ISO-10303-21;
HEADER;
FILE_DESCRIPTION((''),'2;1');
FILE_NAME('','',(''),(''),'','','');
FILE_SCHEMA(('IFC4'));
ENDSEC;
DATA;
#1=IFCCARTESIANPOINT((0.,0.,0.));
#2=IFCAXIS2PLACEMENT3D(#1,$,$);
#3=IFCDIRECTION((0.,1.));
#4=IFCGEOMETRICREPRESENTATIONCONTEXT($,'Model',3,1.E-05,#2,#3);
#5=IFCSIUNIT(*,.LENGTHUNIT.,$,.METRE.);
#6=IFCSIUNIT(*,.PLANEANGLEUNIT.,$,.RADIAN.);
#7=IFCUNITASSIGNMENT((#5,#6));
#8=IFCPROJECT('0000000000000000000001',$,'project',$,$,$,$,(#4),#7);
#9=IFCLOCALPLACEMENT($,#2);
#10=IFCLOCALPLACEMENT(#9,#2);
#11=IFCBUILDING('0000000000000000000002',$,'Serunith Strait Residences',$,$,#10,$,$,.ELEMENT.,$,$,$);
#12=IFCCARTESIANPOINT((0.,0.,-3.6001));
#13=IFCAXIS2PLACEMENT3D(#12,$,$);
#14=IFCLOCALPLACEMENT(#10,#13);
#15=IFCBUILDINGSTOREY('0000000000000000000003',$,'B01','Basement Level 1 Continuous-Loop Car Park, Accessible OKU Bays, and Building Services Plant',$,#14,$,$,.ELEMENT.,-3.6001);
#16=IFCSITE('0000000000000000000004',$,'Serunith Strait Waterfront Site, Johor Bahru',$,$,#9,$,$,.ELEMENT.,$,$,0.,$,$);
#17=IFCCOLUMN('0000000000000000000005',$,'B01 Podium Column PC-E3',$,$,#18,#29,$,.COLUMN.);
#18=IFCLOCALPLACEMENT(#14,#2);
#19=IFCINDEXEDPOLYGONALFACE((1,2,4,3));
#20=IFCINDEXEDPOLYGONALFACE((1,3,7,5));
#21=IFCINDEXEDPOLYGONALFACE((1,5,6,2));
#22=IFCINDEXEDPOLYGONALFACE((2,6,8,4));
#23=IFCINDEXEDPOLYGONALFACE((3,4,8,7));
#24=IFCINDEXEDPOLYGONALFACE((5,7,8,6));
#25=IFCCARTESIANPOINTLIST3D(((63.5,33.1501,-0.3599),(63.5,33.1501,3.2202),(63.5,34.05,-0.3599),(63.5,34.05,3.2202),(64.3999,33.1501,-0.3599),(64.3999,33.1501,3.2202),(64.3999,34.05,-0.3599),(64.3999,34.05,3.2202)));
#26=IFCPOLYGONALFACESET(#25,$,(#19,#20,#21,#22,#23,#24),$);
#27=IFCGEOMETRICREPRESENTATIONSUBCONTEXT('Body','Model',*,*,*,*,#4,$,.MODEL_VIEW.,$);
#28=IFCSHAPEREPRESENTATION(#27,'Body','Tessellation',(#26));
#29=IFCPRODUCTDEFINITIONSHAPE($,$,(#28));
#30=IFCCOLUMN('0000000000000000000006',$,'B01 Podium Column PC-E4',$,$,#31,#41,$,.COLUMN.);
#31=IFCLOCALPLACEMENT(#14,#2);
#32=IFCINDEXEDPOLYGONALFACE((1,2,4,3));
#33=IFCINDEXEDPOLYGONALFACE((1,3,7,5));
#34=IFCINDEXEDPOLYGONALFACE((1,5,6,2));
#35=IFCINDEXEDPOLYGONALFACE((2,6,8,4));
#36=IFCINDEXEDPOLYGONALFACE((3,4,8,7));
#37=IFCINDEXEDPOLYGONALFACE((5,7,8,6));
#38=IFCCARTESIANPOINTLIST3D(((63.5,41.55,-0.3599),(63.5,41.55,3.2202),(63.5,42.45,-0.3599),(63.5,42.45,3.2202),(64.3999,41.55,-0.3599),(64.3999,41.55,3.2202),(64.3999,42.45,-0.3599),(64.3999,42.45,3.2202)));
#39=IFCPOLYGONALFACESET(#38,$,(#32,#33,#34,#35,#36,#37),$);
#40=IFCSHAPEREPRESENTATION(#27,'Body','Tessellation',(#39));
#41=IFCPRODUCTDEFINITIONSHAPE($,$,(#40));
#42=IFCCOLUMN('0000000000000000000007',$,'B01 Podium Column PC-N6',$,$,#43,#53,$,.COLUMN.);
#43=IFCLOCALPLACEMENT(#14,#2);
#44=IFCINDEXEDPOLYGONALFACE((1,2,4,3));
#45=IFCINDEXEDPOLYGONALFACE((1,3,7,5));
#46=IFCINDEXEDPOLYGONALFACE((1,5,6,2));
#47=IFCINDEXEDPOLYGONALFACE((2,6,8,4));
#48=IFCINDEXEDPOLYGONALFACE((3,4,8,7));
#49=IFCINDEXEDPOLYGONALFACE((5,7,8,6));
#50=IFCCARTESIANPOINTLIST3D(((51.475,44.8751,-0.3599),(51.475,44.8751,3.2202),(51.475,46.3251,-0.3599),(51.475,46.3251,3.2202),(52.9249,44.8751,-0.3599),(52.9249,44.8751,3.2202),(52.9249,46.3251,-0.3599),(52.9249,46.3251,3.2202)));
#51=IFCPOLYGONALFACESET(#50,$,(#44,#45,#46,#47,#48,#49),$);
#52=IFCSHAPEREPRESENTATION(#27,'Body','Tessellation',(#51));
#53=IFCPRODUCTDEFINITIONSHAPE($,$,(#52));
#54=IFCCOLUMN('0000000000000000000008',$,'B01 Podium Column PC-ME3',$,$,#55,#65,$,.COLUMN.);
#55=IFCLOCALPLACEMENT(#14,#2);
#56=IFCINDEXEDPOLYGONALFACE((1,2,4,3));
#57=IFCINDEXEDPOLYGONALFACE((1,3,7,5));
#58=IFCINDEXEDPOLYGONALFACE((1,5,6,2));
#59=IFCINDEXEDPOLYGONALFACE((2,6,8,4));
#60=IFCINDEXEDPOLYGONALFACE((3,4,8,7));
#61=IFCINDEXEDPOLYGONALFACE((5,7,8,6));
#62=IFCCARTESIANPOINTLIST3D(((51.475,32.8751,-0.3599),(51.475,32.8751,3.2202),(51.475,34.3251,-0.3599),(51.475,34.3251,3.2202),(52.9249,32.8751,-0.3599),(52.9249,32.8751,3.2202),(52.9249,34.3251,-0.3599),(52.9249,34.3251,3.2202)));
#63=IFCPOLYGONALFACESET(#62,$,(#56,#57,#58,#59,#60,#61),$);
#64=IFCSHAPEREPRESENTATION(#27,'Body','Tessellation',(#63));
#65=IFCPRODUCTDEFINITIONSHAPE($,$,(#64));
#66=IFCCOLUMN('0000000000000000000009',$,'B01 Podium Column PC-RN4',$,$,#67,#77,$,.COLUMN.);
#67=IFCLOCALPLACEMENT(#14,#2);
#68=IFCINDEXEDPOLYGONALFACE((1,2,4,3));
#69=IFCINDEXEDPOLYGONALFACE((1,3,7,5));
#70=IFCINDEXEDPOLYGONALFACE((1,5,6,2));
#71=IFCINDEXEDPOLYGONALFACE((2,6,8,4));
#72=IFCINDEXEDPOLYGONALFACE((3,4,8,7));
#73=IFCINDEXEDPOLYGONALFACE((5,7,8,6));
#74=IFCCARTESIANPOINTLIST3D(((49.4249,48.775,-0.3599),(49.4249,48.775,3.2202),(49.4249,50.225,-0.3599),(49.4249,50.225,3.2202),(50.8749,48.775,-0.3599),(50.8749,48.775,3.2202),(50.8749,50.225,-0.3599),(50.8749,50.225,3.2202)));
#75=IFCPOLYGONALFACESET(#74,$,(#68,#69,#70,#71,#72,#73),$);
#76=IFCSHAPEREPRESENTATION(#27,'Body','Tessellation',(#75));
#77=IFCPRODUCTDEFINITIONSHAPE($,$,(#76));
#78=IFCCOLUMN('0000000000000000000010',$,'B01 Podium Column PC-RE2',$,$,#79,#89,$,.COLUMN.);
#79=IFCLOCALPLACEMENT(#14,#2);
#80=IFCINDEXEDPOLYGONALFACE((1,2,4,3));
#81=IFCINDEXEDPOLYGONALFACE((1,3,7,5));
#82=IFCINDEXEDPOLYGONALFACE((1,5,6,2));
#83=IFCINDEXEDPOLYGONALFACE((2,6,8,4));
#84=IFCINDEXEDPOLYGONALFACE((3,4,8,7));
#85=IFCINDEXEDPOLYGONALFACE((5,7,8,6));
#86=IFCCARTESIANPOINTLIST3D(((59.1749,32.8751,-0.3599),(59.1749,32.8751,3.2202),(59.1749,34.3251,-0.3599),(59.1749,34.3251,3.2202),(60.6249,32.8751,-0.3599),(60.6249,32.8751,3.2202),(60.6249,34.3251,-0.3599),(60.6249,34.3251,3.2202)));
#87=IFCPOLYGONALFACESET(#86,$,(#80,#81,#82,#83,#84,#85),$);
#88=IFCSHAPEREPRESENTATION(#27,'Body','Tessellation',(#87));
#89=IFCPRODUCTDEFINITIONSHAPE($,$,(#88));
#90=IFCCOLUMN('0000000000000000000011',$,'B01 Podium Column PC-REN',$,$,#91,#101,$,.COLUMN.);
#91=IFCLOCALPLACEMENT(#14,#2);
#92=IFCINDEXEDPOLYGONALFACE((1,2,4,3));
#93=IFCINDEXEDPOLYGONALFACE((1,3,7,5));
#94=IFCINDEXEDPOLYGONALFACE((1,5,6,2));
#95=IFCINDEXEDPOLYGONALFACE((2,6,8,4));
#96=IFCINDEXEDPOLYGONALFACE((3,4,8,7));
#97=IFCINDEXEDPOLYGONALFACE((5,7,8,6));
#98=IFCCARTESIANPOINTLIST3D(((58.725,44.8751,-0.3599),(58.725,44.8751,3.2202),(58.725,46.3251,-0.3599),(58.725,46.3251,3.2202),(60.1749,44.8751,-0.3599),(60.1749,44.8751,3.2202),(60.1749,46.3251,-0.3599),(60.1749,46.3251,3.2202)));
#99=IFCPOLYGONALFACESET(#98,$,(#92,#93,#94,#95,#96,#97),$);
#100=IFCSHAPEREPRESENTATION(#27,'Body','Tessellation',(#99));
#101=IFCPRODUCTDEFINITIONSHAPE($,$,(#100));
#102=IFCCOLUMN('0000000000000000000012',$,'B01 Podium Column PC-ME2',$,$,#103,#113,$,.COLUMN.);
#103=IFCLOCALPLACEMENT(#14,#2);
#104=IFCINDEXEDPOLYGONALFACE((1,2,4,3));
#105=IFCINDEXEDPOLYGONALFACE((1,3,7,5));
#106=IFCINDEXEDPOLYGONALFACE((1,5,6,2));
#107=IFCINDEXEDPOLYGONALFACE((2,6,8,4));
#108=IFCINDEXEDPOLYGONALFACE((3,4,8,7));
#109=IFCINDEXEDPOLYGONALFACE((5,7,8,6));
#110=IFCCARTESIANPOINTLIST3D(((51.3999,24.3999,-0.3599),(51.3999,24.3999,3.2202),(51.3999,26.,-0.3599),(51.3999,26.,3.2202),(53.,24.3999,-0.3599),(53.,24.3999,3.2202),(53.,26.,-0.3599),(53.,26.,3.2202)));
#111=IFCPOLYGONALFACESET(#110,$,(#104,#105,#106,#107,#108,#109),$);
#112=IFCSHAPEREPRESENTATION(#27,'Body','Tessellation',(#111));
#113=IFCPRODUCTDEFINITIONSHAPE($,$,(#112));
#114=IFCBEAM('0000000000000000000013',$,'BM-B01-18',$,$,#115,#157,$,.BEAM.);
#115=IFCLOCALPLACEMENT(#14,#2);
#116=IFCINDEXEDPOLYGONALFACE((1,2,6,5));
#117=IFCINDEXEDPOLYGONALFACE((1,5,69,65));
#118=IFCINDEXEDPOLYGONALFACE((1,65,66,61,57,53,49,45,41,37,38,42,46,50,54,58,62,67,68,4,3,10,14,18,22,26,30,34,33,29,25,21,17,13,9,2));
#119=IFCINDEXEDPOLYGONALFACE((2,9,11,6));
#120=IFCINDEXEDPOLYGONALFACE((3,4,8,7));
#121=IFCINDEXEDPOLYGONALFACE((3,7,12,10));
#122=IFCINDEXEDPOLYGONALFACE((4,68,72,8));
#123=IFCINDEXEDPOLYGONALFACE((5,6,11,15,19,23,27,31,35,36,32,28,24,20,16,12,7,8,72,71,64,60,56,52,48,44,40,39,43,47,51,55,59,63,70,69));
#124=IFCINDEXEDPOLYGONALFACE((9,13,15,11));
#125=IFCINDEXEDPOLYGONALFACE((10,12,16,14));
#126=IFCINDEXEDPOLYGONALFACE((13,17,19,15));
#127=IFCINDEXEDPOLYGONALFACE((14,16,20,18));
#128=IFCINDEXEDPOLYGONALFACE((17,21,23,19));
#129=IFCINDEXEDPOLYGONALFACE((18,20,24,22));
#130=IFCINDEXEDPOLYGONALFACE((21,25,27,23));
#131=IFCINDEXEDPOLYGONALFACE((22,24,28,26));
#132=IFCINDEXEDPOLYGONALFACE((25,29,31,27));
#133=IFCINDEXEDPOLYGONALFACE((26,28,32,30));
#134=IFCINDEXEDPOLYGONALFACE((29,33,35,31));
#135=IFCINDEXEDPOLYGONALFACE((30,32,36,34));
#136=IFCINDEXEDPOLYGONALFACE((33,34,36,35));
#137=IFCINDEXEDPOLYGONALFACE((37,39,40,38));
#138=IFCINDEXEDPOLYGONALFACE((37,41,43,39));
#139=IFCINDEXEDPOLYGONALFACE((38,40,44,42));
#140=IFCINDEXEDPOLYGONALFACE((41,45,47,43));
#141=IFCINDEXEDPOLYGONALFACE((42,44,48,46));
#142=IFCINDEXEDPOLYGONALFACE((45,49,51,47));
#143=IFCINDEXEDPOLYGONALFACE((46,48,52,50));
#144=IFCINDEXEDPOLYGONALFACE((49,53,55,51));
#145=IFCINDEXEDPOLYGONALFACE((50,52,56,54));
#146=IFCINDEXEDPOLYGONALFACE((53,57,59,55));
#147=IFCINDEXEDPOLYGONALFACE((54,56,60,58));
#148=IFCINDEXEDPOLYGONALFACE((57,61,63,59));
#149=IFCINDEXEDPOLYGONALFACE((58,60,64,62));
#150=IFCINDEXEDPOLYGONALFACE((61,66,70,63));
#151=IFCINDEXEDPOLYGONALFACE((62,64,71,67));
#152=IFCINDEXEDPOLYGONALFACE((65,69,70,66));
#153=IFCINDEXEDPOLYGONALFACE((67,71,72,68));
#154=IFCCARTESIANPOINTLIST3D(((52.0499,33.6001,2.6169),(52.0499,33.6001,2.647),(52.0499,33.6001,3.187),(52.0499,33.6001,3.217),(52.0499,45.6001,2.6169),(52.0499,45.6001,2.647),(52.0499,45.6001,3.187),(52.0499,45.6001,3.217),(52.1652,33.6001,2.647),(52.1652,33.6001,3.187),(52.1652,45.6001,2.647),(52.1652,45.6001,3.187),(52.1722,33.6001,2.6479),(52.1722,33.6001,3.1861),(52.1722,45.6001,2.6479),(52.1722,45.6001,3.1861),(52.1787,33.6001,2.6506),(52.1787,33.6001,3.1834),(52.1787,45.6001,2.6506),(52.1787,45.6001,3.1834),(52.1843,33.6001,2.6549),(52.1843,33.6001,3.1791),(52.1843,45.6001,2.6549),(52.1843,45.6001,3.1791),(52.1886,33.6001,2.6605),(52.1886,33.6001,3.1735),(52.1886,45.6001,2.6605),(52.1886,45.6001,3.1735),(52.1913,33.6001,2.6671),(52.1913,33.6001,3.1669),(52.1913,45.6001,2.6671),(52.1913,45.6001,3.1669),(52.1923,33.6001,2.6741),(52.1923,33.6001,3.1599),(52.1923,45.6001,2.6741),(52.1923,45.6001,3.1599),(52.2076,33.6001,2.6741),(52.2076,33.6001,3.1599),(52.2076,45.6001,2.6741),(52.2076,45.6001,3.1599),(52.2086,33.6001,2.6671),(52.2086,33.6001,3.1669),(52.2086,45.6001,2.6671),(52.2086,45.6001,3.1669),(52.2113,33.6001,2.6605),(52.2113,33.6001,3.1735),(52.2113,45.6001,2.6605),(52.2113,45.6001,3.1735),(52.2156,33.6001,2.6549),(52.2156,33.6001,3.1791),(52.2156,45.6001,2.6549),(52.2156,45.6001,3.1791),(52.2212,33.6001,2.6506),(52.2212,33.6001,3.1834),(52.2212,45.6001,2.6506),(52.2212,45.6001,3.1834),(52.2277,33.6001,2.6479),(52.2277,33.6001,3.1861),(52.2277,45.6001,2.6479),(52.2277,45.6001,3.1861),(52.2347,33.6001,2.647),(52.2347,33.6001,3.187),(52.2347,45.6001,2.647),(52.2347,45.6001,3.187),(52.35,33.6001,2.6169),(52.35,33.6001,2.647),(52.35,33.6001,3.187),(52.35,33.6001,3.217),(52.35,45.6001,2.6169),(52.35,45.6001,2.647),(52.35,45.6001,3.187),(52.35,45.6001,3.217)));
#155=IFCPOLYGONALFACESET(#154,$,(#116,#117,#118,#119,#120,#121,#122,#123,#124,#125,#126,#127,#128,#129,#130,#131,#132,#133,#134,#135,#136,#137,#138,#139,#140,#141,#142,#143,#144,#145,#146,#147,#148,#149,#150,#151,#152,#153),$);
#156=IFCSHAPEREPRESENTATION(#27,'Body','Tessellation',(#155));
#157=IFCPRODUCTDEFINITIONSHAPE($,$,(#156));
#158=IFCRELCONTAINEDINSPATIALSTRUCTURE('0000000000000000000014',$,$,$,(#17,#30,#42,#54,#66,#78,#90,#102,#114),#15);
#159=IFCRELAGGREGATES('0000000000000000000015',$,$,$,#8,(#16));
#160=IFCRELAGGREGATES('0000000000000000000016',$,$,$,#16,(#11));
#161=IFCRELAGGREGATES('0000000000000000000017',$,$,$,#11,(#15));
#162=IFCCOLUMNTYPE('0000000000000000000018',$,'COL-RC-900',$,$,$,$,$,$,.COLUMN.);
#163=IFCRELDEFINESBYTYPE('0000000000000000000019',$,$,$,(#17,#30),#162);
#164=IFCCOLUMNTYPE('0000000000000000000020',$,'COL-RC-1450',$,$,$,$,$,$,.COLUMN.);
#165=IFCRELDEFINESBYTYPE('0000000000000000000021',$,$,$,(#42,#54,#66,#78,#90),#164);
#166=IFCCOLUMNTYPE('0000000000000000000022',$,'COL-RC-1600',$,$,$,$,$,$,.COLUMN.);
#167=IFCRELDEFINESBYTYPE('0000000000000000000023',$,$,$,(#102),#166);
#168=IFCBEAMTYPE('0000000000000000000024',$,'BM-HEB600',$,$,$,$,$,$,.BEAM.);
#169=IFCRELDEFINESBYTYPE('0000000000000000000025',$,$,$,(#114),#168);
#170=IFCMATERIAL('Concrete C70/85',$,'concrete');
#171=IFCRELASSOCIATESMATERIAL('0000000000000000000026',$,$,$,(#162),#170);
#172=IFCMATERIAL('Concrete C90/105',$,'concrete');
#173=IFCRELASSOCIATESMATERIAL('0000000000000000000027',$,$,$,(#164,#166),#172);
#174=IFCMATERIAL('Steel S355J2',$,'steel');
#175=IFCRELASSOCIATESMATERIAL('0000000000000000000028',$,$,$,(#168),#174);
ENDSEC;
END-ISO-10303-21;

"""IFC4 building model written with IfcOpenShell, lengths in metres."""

from ifc_helpers import new_model, si_unit, direction, frame, origin, origin_2d, place, context, subcontext, project, spatial, rectangle, i_section, extrude, source, transform, mapped, material, material_profile, profile_set, type_object, element, save


model = new_model("IFC4")

# Units and contexts
model_context = context("Model", 3, precision=1e-05, world=origin(), true_north=direction((0.0, 1.0)))
body_context = subcontext(model_context, "Body", "Model", "MODEL_VIEW")
ifc_project = project(units=[si_unit("LENGTHUNIT", "METRE"), si_unit("PLANEANGLEUNIT", "RADIAN")], contexts=[model_context])

# Site, building, storey
site_placement = place(None, origin())
site = spatial("IfcSite", under=ifc_project, at=site_placement, Name="Serunith Strait Waterfront Site, Johor Bahru", CompositionType="ELEMENT", RefElevation=0.0)
building_placement = place(site_placement, origin())
building = spatial("IfcBuilding", under=site, at=building_placement, Name="Serunith Strait Residences", CompositionType="ELEMENT")
storey_placement = place(building_placement, frame((0.0, 0.0, -3.6001)))
storey = spatial("IfcBuildingStorey", under=building, at=storey_placement, Name="B01", Description="Basement Level 1 Continuous-Loop Car Park, Accessible OKU Bays, and Building Services Plant", CompositionType="ELEMENT", Elevation=-3.6001)

# Columns
ifc_material_1 = material(Name="Concrete C70/85", Category="concrete")
ifc_material_profile_1 = material_profile(ifc_material_1, rectangle(XDim=0.8999, YDim=0.8999, at=origin_2d()), Name="RC 900x900")
ifc_profile_set_1 = profile_set([ifc_material_profile_1], Name="Concrete C70/85")
column_type_1 = type_object("IfcColumnType", Name="COL-RC-900", PredefinedType="COLUMN", material=ifc_profile_set_1)
shared_shape_1 = source(origin(), body_context, "Body", "SweptSolid", [
    extrude(rectangle(XDim=0.8999, YDim=0.8999, at=origin_2d()), origin(), (0.0, 0.0, 1.0), 3.5801),
])
for number, where, z_axis, x_axis, name in (
    (1, (63.95, 33.6001, -0.3599), (0.0, 0.0, 1.0), (1.0, 0.0, 0.0), "B01 Podium Column PC-E3"),
    (2, (63.95, 42.0, -0.3599), (0.0, 0.0, 1.0), (1.0, 0.0, 0.0), "B01 Podium Column PC-E4"),
):
    element("IfcColumn", number, at=place(storey_placement, frame(where, z_axis=z_axis, x_axis=x_axis)), inside=storey, type_object=column_type_1, Name=name, PredefinedType="COLUMN", context=body_context, shape_type="MappedRepresentation", body=[
        mapped(shared_shape_1, transform((0.0, 0.0, 0.0), scale=1.0)),
    ])
ifc_material_2 = material(Name="Concrete C90/105", Category="concrete")
ifc_material_profile_2 = material_profile(ifc_material_2, rectangle(XDim=1.45, YDim=1.45, at=origin_2d()), Name="RC 1450x1450")
ifc_profile_set_2 = profile_set([ifc_material_profile_2], Name="Concrete C90/105")
column_type_2 = type_object("IfcColumnType", Name="COL-RC-1450", PredefinedType="COLUMN", material=ifc_profile_set_2)
shared_shape_2 = source(origin(), body_context, "Body", "SweptSolid", [
    extrude(rectangle(XDim=1.45, YDim=1.45, at=origin_2d()), origin(), (0.0, 0.0, 1.0), 3.5801),
])
for number, where, z_axis, x_axis, name in (
    (3, (52.2, 45.6001, -0.3599), (0.0, 0.0, 1.0), (1.0, 0.0, 0.0), "B01 Podium Column PC-N6"),
    (4, (52.2, 33.6001, -0.3599), (0.0, 0.0, 1.0), (1.0, 0.0, 0.0), "B01 Podium Column PC-ME3"),
    (5, (50.1499, 49.5, -0.3599), (0.0, 0.0, 1.0), (1.0, 0.0, 0.0), "B01 Podium Column PC-RN4"),
    (6, (59.8999, 33.6001, -0.3599), (0.0, 0.0, 1.0), (1.0, 0.0, 0.0), "B01 Podium Column PC-RE2"),
    (7, (59.45, 45.6001, -0.3599), (0.0, 0.0, 1.0), (1.0, 0.0, 0.0), "B01 Podium Column PC-REN"),
):
    element("IfcColumn", number, at=place(storey_placement, frame(where, z_axis=z_axis, x_axis=x_axis)), inside=storey, type_object=column_type_2, Name=name, PredefinedType="COLUMN", context=body_context, shape_type="MappedRepresentation", body=[
        mapped(shared_shape_2, transform((0.0, 0.0, 0.0), scale=1.0)),
    ])
ifc_material_profile_3 = material_profile(ifc_material_2, rectangle(XDim=1.6001, YDim=1.6001, at=origin_2d()), Name="RC 1600x1600")
ifc_profile_set_3 = profile_set([ifc_material_profile_3], Name="Concrete C90/105")
column_type_3 = type_object("IfcColumnType", Name="COL-RC-1600", PredefinedType="COLUMN", material=ifc_profile_set_3)
shared_shape_3 = source(origin(), body_context, "Body", "SweptSolid", [
    extrude(rectangle(XDim=1.6001, YDim=1.6001, at=origin_2d()), origin(), (0.0, 0.0, 1.0), 3.5801),
])
column_placement = place(storey_placement, frame((52.2, 25.2, -0.3599), z_axis=(0.0, 0.0, 1.0), x_axis=(1.0, 0.0, 0.0)))
element("IfcColumn", 8, at=column_placement, inside=storey, type_object=column_type_3, Name="B01 Podium Column PC-ME2", PredefinedType="COLUMN", context=body_context, shape_type="MappedRepresentation", body=[
    mapped(shared_shape_3, transform((0.0, 0.0, 0.0), scale=1.0)),
])

# Beam
ifc_material_3 = material(Name="Steel S355J2", Category="steel")
ifc_material_profile_4 = material_profile(ifc_material_3, i_section(OverallWidth=0.3, OverallDepth=0.6001, WebThickness=0.0154, FlangeThickness=0.03, FilletRadius=0.0271, at=origin_2d()), Name="HEB 600")
ifc_profile_set_4 = profile_set([ifc_material_profile_4], Name="Steel S355J2")
beam_type_1 = type_object("IfcBeamType", Name="BM-HEB600", PredefinedType="BEAM", material=ifc_profile_set_4)
shared_shape_4 = source(origin(), body_context, "Body", "SweptSolid", [
    extrude(i_section(OverallWidth=0.3, OverallDepth=0.6001, WebThickness=0.0154, FlangeThickness=0.03, FilletRadius=0.0271, at=origin_2d()), origin(), (0.0, 0.0, 1.0), 12.0),
])
beam_1_placement = place(storey_placement, frame((52.2, 33.6001, 2.917), z_axis=(0.0, 1.0, 0.0), x_axis=(-1.0, 0.0, 0.0)))
element("IfcBeam", 9, at=beam_1_placement, inside=storey, type_object=beam_type_1, Name="BM-B01-18", PredefinedType="BEAM", context=body_context, shape_type="MappedRepresentation", body=[
    mapped(shared_shape_4, transform((0.0, 0.0, 0.0), scale=1.0)),
])

save(model, "model.ifc")
